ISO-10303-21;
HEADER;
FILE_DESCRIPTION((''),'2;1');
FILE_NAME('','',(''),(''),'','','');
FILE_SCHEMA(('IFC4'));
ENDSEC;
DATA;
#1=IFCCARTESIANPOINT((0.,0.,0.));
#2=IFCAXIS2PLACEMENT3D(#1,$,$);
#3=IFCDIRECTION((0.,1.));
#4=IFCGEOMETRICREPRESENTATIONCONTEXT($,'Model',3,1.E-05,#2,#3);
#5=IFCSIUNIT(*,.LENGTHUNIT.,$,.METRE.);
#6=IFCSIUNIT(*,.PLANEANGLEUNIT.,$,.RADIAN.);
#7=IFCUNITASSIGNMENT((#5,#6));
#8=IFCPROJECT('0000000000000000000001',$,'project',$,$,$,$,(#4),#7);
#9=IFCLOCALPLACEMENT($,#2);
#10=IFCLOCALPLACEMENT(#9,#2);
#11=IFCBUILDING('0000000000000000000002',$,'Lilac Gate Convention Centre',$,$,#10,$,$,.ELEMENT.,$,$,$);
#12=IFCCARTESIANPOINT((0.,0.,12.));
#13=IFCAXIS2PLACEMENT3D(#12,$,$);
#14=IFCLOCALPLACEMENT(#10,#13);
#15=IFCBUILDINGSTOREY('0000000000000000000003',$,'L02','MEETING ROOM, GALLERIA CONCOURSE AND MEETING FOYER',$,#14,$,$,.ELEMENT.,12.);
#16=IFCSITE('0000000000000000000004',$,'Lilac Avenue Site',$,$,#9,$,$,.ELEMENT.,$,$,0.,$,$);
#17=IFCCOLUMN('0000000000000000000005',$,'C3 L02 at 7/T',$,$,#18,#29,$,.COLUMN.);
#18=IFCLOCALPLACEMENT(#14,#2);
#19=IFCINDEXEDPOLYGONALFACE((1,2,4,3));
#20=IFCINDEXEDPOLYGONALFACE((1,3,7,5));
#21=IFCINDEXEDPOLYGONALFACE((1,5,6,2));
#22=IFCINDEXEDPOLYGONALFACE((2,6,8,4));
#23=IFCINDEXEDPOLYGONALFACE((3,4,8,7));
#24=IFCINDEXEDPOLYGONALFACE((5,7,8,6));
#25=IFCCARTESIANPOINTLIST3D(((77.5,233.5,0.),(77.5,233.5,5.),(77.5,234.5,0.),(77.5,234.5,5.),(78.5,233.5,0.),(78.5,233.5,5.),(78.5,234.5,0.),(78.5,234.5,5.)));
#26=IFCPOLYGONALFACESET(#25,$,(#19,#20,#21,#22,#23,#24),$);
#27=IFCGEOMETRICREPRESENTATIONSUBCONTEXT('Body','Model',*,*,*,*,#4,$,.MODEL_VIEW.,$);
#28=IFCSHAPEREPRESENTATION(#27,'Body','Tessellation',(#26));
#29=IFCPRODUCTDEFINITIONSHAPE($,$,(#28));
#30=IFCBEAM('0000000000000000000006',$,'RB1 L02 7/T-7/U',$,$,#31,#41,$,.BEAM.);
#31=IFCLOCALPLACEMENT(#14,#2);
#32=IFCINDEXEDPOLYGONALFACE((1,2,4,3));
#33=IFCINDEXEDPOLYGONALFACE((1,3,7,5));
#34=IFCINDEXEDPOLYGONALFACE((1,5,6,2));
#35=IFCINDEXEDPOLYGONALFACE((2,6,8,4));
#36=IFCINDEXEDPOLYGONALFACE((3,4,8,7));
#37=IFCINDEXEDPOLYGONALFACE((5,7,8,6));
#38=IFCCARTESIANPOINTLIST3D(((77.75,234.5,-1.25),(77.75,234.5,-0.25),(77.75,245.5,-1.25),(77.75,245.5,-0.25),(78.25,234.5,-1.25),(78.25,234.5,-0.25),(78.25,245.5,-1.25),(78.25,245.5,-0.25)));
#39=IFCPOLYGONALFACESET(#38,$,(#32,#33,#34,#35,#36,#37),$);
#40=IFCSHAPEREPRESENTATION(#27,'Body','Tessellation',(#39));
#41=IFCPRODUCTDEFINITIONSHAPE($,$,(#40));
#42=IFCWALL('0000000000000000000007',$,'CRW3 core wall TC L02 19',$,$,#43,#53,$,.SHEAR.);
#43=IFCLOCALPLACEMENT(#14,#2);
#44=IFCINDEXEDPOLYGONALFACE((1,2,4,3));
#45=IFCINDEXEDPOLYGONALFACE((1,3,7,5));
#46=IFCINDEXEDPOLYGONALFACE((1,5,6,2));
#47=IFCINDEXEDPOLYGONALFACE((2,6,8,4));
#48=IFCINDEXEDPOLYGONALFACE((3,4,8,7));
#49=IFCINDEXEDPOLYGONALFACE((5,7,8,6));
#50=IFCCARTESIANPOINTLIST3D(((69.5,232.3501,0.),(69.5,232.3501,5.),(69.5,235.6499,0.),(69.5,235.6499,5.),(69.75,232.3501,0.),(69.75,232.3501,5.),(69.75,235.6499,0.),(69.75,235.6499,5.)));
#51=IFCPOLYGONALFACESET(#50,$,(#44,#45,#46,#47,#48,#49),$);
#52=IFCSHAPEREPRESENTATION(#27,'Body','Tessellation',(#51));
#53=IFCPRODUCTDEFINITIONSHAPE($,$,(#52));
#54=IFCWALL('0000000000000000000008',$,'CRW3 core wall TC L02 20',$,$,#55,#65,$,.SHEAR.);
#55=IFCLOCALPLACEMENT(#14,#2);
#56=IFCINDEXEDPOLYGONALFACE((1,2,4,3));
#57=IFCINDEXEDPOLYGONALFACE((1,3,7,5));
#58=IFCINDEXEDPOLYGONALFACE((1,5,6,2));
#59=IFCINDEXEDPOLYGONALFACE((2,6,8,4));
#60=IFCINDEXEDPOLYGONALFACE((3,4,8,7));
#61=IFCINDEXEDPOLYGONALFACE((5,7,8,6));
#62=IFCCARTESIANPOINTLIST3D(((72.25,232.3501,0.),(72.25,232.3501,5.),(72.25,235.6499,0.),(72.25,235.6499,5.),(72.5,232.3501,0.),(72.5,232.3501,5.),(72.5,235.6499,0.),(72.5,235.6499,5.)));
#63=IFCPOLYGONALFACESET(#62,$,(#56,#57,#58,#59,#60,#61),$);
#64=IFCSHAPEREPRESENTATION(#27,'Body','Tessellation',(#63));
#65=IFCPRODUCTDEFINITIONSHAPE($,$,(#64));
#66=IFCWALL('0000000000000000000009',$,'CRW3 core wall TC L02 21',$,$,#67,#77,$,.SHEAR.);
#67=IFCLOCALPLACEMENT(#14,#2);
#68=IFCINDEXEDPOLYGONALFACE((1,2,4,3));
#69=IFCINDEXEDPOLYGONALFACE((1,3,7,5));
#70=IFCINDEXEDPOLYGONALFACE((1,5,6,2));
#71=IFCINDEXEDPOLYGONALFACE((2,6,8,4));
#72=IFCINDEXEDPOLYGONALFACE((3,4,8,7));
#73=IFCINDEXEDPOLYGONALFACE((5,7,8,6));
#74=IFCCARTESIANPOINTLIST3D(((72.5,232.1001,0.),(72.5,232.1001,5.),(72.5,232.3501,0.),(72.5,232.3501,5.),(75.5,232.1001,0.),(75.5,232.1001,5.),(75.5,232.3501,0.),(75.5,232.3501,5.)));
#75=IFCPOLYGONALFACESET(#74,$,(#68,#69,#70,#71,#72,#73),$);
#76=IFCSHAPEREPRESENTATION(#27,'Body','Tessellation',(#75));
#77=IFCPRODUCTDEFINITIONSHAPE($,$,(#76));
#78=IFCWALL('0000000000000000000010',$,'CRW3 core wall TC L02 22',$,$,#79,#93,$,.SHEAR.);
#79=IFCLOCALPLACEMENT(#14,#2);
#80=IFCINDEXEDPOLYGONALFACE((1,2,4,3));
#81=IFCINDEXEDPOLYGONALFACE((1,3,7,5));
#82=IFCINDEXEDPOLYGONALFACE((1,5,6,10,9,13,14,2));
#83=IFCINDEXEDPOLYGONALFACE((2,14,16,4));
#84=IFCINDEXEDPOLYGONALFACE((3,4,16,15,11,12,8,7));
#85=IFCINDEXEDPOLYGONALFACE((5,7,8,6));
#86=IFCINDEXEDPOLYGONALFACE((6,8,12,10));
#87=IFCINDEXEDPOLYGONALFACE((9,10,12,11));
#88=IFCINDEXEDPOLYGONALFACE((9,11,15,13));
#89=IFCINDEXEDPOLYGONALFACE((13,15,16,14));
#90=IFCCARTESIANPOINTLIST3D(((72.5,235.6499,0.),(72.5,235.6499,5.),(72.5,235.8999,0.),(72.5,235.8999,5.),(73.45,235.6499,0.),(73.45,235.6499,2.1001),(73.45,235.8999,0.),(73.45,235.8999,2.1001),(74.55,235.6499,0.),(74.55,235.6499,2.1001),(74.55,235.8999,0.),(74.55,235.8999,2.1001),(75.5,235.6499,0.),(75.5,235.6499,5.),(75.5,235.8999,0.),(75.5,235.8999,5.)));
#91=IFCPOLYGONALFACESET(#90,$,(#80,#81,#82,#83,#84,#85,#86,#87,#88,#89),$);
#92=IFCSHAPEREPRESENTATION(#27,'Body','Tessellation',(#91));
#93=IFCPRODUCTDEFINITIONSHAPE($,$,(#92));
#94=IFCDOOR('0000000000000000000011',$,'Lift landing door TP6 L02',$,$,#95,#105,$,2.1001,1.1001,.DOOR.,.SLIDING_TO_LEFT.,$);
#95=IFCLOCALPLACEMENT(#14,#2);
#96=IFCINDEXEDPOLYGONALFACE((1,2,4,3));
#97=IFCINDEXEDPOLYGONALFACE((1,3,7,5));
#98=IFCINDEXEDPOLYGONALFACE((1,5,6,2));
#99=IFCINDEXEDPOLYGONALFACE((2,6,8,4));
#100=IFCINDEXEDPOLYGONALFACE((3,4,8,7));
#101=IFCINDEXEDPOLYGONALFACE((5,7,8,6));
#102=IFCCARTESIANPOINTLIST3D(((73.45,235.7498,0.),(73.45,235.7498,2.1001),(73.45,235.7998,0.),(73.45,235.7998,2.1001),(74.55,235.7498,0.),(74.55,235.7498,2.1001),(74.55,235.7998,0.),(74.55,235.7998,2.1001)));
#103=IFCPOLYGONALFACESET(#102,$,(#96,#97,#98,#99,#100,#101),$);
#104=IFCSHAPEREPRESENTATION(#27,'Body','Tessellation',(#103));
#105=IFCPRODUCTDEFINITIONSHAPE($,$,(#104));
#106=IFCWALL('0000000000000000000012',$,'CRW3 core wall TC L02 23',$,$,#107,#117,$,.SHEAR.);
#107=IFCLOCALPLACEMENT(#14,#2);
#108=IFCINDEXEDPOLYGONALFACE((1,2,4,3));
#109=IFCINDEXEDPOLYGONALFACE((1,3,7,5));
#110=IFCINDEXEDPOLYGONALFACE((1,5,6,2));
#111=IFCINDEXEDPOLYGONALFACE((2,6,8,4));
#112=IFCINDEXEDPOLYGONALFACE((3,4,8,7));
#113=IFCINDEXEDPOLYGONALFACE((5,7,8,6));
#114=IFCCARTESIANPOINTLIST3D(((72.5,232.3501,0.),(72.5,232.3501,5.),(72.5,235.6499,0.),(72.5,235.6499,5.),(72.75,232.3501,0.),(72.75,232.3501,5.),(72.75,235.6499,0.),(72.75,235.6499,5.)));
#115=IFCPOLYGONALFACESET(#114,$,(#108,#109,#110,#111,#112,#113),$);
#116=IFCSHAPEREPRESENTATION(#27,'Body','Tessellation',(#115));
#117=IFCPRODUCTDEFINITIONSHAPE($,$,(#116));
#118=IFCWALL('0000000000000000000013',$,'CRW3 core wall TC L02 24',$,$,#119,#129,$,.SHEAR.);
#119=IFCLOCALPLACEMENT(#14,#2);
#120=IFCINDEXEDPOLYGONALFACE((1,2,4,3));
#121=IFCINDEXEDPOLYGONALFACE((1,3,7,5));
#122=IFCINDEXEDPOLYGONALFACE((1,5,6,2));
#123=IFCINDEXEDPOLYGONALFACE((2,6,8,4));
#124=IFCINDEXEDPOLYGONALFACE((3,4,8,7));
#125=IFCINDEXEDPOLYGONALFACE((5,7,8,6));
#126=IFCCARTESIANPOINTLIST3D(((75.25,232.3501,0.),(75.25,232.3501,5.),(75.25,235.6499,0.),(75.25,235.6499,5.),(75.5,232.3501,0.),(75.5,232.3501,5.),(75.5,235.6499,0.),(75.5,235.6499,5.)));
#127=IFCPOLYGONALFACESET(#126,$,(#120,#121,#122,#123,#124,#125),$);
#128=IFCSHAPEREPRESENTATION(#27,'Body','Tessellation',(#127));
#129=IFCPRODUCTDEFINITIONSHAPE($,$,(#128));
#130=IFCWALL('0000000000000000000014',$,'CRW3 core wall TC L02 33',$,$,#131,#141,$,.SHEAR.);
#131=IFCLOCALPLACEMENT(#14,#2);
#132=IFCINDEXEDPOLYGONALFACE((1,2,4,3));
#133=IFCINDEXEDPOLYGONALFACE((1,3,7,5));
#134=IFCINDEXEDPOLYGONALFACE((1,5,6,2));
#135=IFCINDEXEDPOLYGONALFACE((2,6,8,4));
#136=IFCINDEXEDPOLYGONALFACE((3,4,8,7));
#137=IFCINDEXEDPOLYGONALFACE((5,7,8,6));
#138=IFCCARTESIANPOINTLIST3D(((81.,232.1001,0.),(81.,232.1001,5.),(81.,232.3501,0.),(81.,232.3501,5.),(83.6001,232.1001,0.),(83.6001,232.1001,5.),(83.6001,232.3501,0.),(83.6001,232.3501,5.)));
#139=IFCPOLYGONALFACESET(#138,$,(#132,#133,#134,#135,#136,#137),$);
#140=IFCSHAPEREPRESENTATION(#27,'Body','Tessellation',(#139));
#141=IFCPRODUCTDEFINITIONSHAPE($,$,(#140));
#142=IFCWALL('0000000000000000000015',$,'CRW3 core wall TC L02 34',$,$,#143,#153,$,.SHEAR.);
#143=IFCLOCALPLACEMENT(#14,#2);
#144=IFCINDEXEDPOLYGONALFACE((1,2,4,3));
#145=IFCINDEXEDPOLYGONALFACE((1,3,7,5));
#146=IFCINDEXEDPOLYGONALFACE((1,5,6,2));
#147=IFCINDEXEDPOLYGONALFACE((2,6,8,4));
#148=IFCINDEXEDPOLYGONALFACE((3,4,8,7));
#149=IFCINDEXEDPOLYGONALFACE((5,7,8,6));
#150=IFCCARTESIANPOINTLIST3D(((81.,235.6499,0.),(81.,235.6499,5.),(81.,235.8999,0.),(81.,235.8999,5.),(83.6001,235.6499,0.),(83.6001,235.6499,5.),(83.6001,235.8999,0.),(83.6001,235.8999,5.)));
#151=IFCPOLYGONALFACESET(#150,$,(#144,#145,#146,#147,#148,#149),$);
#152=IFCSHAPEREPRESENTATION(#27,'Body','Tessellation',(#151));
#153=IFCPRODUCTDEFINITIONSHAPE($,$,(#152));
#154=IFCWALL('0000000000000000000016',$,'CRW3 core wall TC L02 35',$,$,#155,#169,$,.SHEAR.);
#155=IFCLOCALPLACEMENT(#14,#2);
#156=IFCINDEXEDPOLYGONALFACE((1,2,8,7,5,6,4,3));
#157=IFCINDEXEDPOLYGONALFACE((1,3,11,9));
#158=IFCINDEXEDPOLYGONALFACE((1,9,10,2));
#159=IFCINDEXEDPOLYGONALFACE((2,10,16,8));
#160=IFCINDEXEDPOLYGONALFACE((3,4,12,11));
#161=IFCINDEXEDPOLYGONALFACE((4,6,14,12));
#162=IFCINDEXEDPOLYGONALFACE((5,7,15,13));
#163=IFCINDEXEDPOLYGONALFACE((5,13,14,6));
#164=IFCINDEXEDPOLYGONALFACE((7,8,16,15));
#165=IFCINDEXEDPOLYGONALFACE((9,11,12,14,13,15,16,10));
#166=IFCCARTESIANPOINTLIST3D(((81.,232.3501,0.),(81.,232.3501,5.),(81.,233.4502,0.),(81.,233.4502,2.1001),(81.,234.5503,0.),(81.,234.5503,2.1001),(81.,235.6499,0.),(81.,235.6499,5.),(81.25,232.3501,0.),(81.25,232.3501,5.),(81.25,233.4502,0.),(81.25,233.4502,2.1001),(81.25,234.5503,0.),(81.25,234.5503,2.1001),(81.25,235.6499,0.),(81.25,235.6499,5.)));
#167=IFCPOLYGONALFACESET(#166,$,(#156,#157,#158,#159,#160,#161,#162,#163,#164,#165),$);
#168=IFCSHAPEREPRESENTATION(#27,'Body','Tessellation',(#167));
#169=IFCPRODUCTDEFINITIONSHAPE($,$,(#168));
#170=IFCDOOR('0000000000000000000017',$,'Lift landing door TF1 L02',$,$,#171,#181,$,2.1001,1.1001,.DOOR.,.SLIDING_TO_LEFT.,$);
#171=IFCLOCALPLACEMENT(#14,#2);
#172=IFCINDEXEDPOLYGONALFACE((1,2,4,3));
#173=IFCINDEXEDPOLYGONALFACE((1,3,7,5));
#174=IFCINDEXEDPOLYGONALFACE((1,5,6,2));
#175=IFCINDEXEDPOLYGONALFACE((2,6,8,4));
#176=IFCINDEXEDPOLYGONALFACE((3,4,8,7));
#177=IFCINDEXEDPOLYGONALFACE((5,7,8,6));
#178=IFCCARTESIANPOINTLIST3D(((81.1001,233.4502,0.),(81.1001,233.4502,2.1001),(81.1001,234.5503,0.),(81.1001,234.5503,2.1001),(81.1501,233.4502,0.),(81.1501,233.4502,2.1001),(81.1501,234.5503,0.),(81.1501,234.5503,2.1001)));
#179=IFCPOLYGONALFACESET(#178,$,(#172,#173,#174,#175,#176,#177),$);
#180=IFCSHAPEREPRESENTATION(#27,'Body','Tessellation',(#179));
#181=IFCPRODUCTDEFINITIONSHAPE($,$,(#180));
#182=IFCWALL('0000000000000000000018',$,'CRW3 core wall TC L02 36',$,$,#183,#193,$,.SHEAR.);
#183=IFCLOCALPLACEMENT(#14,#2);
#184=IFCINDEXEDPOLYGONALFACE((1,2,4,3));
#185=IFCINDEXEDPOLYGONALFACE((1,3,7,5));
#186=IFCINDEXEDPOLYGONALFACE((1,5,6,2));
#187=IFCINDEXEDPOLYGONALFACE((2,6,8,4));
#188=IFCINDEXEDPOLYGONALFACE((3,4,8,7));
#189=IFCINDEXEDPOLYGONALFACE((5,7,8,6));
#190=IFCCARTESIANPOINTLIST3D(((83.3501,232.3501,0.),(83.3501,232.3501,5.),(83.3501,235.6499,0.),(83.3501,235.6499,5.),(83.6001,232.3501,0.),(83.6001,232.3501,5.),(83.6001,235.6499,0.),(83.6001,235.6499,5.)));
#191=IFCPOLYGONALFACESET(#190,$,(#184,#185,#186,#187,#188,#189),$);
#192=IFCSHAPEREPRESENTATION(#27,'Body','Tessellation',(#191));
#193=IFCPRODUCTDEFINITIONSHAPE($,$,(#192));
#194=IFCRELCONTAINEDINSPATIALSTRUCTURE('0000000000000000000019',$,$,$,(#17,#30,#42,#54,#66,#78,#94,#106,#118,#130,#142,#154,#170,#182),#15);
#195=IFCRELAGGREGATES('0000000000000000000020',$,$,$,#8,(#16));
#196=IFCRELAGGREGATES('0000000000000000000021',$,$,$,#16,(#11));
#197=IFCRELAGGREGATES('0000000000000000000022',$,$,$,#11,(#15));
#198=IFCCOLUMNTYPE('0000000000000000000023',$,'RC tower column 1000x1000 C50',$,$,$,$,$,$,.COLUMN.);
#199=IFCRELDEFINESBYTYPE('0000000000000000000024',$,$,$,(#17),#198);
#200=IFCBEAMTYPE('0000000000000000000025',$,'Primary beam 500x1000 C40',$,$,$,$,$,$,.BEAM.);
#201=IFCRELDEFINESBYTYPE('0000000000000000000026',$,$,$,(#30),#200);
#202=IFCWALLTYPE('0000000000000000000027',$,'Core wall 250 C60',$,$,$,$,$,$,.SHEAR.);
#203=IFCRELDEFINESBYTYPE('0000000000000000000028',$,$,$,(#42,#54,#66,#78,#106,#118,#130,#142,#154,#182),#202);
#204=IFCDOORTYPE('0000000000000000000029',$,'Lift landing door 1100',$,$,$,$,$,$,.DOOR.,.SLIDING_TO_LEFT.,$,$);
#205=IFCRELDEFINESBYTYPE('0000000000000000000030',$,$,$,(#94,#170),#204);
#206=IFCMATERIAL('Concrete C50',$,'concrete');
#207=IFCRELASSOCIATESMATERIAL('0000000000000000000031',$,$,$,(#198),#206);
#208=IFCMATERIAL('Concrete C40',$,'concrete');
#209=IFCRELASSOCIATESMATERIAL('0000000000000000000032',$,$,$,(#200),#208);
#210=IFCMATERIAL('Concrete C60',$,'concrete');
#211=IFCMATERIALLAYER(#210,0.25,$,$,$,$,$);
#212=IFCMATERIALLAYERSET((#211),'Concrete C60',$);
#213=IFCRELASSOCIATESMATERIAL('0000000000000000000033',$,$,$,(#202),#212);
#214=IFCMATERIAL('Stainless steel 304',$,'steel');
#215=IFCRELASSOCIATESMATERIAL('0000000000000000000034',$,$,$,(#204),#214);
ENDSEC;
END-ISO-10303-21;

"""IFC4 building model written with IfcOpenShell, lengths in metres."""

from ifc_helpers import new_model, si_unit, direction, frame, frame_2d, origin, origin_2d, place, context, subcontext, project, spatial, rectangle, extrude, material, layer, layer_set, material_profile, profile_set, type_object, element, fill, save


model = new_model("IFC4")

# Units and contexts
model_context = context("Model", 3, precision=1e-05, world=origin(), true_north=direction((0.0, 1.0)))
body_context = subcontext(model_context, "Body", "Model", "MODEL_VIEW")
ifc_project = project(units=[si_unit("LENGTHUNIT", "METRE"), si_unit("PLANEANGLEUNIT", "RADIAN")], contexts=[model_context])

# Site, building, storey
site_placement = place(None, origin())
site = spatial("IfcSite", under=ifc_project, at=site_placement, Name="Lilac Avenue Site", CompositionType="ELEMENT", RefElevation=0.0)
building_placement = place(site_placement, origin())
building = spatial("IfcBuilding", under=site, at=building_placement, Name="Lilac Gate Convention Centre", CompositionType="ELEMENT")
storey_placement = place(building_placement, frame((0.0, 0.0, 12.0)))
storey = spatial("IfcBuildingStorey", under=building, at=storey_placement, Name="L02", Description="MEETING ROOM, GALLERIA CONCOURSE AND MEETING FOYER", CompositionType="ELEMENT", Elevation=12.0)

# Column
ifc_material_1 = material(Name="Concrete C50", Category="concrete")
ifc_material_profile_1 = material_profile(ifc_material_1, rectangle(XDim=1.0, YDim=1.0, at=origin_2d()), Name="RC 1000x1000")
ifc_profile_set_1 = profile_set([ifc_material_profile_1], Name="Concrete C50")
column_type = type_object("IfcColumnType", Name="RC tower column 1000x1000 C50", PredefinedType="COLUMN", material=ifc_profile_set_1)
column_placement = place(storey_placement, frame((78.0, 234.0, 0.0), z_axis=(0.0, 0.0, 1.0), x_axis=(1.0, 0.0, 0.0)))
element("IfcColumn", 1, at=column_placement, inside=storey, type_object=column_type, Name="C3 L02 at 7/T", PredefinedType="COLUMN", context=body_context, shape_type="SweptSolid", body=[
    extrude(rectangle(XDim=1.0, YDim=1.0, at=origin_2d()), origin(), (0.0, 0.0, 1.0), 5.0),
])

# Beam
ifc_material_2 = material(Name="Concrete C40", Category="concrete")
ifc_material_profile_2 = material_profile(ifc_material_2, rectangle(XDim=0.5, YDim=1.0, at=origin_2d()), Name="RC 500x1000")
ifc_profile_set_2 = profile_set([ifc_material_profile_2], Name="Concrete C40")
beam_type = type_object("IfcBeamType", Name="Primary beam 500x1000 C40", PredefinedType="BEAM", material=ifc_profile_set_2)
beam_placement = place(storey_placement, frame((78.0, 234.5, -0.75), z_axis=(0.0, 1.0, 0.0), x_axis=(-1.0, 0.0, 0.0)))
element("IfcBeam", 2, at=beam_placement, inside=storey, type_object=beam_type, Name="RB1 L02 7/T-7/U", PredefinedType="BEAM", context=body_context, shape_type="SweptSolid", body=[
    extrude(rectangle(XDim=0.5, YDim=1.0, at=origin_2d()), origin(), (0.0, 0.0, 1.0), 11.0),
])

# Walls
ifc_material_3 = material(Name="Concrete C60", Category="concrete")
ifc_layer_1 = layer(ifc_material_3, 0.25)
ifc_layer_set_1 = layer_set([ifc_layer_1], Name="Concrete C60")
wall_type_1 = type_object("IfcWallType", Name="Core wall 250 C60", PredefinedType="SHEAR", material=ifc_layer_set_1)
for number, where, z_axis, x_axis, name in (
    (3, (69.625, 232.3501, 0.0), (0.0, 0.0, 1.0), (0.0, 1.0, 0.0), "CRW3 core wall TC L02 19"),
    (4, (72.375, 232.3501, 0.0), (0.0, 0.0, 1.0), (0.0, 1.0, 0.0), "CRW3 core wall TC L02 20"),
):
    element("IfcWall", number, at=place(storey_placement, frame(where, z_axis=z_axis, x_axis=x_axis)), inside=storey, type_object=wall_type_1, Name=name, PredefinedType="SHEAR", context=body_context, shape_type="SweptSolid", body=[
        extrude(rectangle(XDim=3.2998, YDim=0.25, at=frame_2d((1.6499, 0.0))), origin(), (0.0, 0.0, 1.0), 5.0),
    ])
wall_1_placement = place(storey_placement, frame((72.5, 232.2251, 0.0), z_axis=(0.0, 0.0, 1.0), x_axis=(1.0, 0.0, 0.0)))
element("IfcWall", 5, at=wall_1_placement, inside=storey, type_object=wall_type_1, Name="CRW3 core wall TC L02 21", PredefinedType="SHEAR", context=body_context, shape_type="SweptSolid", body=[
    extrude(rectangle(XDim=3.0, YDim=0.25, at=frame_2d((1.5, 0.0))), origin(), (0.0, 0.0, 1.0), 5.0),
])

# Wall, opening, door
wall_2_placement = place(storey_placement, frame((72.5, 235.7749, 0.0), z_axis=(0.0, 0.0, 1.0), x_axis=(1.0, 0.0, 0.0)))
wall_2 = element("IfcWall", 6, at=wall_2_placement, inside=storey, type_object=wall_type_1, Name="CRW3 core wall TC L02 22", PredefinedType="SHEAR", context=body_context, shape_type="SweptSolid", body=[
    extrude(rectangle(XDim=3.0, YDim=0.25, at=frame_2d((1.5, 0.0))), origin(), (0.0, 0.0, 1.0), 5.0),
])
opening_1_placement = place(wall_2_placement, frame((0.95, 0.0, 0.0)))
opening_1 = element("IfcOpeningElement", 7, at=opening_1_placement, cuts=wall_2, PredefinedType="OPENING", context=body_context, shape_type="SweptSolid", body=[
    extrude(rectangle(XDim=1.1001, YDim=2.1001, at=frame_2d((0.55, 1.05))), frame((0.0, 0.135, 0.0), z_axis=(0.0, -1.0, 0.0), x_axis=(1.0, 0.0, 0.0)), (0.0, 0.0, 1.0), 0.27),
])
ifc_material_4 = material(Name="Stainless steel 304", Category="steel")
door_type_1 = type_object("IfcDoorType", Name="Lift landing door 1100", OperationType="SLIDING_TO_LEFT", PredefinedType="DOOR", material=ifc_material_4)
door_1_placement = place(opening_1_placement, origin())
door_1 = element("IfcDoor", 8, at=door_1_placement, inside=storey, type_object=door_type_1, Name="Lift landing door TP6 L02", OperationType="SLIDING_TO_LEFT", OverallHeight=2.1001, OverallWidth=1.1001, PredefinedType="DOOR", context=body_context, shape_type="SweptSolid", body=[
    extrude(rectangle(XDim=1.1001, YDim=2.1001, at=frame_2d((0.55, 1.05))), frame((0.0, 0.0249, 0.0), z_axis=(0.0, -1.0, 0.0), x_axis=(1.0, 0.0, 0.0)), (0.0, 0.0, 1.0), 0.05),
])
fill(opening_1, door_1)

# Walls
for number, where, z_axis, x_axis, name in (
    (9, (72.625, 232.3501, 0.0), (0.0, 0.0, 1.0), (0.0, 1.0, 0.0), "CRW3 core wall TC L02 23"),
    (10, (75.375, 232.3501, 0.0), (0.0, 0.0, 1.0), (0.0, 1.0, 0.0), "CRW3 core wall TC L02 24"),
):
    element("IfcWall", number, at=place(storey_placement, frame(where, z_axis=z_axis, x_axis=x_axis)), inside=storey, type_object=wall_type_1, Name=name, PredefinedType="SHEAR", context=body_context, shape_type="SweptSolid", body=[
        extrude(rectangle(XDim=3.2998, YDim=0.25, at=frame_2d((1.6499, 0.0))), origin(), (0.0, 0.0, 1.0), 5.0),
    ])
for number, where, z_axis, x_axis, name in (
    (11, (81.0, 232.2251, 0.0), (0.0, 0.0, 1.0), (1.0, 0.0, 0.0), "CRW3 core wall TC L02 33"),
    (12, (81.0, 235.7749, 0.0), (0.0, 0.0, 1.0), (1.0, 0.0, 0.0), "CRW3 core wall TC L02 34"),
):
    element("IfcWall", number, at=place(storey_placement, frame(where, z_axis=z_axis, x_axis=x_axis)), inside=storey, type_object=wall_type_1, Name=name, PredefinedType="SHEAR", context=body_context, shape_type="SweptSolid", body=[
        extrude(rectangle(XDim=2.6001, YDim=0.25, at=frame_2d((1.3, 0.0))), origin(), (0.0, 0.0, 1.0), 5.0),
    ])

# Wall, opening, door
wall_3_placement = place(storey_placement, frame((81.125, 232.3501, 0.0), z_axis=(0.0, 0.0, 1.0), x_axis=(0.0, 1.0, 0.0)))
wall_3 = element("IfcWall", 13, at=wall_3_placement, inside=storey, type_object=wall_type_1, Name="CRW3 core wall TC L02 35", PredefinedType="SHEAR", context=body_context, shape_type="SweptSolid", body=[
    extrude(rectangle(XDim=3.2998, YDim=0.25, at=frame_2d((1.6499, 0.0))), origin(), (0.0, 0.0, 1.0), 5.0),
])
opening_2_placement = place(wall_3_placement, frame((1.1001, 0.0, 0.0)))
opening_2 = element("IfcOpeningElement", 14, at=opening_2_placement, cuts=wall_3, PredefinedType="OPENING", context=body_context, shape_type="SweptSolid", body=[
    extrude(rectangle(XDim=1.1001, YDim=2.1001, at=frame_2d((0.55, 1.05))), frame((0.0, 0.135, 0.0), z_axis=(0.0, -1.0, 0.0), x_axis=(1.0, 0.0, 0.0)), (0.0, 0.0, 1.0), 0.27),
])
door_2_placement = place(opening_2_placement, origin())
door_2 = element("IfcDoor", 15, at=door_2_placement, inside=storey, type_object=door_type_1, Name="Lift landing door TF1 L02", OperationType="SLIDING_TO_LEFT", OverallHeight=2.1001, OverallWidth=1.1001, PredefinedType="DOOR", context=body_context, shape_type="SweptSolid", body=[
    extrude(rectangle(XDim=1.1001, YDim=2.1001, at=frame_2d((0.55, 1.05))), frame((0.0, 0.0249, 0.0), z_axis=(0.0, -1.0, 0.0), x_axis=(1.0, 0.0, 0.0)), (0.0, 0.0, 1.0), 0.05),
])
fill(opening_2, door_2)

# Wall
wall_4_placement = place(storey_placement, frame((83.4751, 232.3501, 0.0), z_axis=(0.0, 0.0, 1.0), x_axis=(0.0, 1.0, 0.0)))
element("IfcWall", 16, at=wall_4_placement, inside=storey, type_object=wall_type_1, Name="CRW3 core wall TC L02 36", PredefinedType="SHEAR", context=body_context, shape_type="SweptSolid", body=[
    extrude(rectangle(XDim=3.2998, YDim=0.25, at=frame_2d((1.6499, 0.0))), origin(), (0.0, 0.0, 1.0), 5.0),
])

save(model, "model.ifc")
